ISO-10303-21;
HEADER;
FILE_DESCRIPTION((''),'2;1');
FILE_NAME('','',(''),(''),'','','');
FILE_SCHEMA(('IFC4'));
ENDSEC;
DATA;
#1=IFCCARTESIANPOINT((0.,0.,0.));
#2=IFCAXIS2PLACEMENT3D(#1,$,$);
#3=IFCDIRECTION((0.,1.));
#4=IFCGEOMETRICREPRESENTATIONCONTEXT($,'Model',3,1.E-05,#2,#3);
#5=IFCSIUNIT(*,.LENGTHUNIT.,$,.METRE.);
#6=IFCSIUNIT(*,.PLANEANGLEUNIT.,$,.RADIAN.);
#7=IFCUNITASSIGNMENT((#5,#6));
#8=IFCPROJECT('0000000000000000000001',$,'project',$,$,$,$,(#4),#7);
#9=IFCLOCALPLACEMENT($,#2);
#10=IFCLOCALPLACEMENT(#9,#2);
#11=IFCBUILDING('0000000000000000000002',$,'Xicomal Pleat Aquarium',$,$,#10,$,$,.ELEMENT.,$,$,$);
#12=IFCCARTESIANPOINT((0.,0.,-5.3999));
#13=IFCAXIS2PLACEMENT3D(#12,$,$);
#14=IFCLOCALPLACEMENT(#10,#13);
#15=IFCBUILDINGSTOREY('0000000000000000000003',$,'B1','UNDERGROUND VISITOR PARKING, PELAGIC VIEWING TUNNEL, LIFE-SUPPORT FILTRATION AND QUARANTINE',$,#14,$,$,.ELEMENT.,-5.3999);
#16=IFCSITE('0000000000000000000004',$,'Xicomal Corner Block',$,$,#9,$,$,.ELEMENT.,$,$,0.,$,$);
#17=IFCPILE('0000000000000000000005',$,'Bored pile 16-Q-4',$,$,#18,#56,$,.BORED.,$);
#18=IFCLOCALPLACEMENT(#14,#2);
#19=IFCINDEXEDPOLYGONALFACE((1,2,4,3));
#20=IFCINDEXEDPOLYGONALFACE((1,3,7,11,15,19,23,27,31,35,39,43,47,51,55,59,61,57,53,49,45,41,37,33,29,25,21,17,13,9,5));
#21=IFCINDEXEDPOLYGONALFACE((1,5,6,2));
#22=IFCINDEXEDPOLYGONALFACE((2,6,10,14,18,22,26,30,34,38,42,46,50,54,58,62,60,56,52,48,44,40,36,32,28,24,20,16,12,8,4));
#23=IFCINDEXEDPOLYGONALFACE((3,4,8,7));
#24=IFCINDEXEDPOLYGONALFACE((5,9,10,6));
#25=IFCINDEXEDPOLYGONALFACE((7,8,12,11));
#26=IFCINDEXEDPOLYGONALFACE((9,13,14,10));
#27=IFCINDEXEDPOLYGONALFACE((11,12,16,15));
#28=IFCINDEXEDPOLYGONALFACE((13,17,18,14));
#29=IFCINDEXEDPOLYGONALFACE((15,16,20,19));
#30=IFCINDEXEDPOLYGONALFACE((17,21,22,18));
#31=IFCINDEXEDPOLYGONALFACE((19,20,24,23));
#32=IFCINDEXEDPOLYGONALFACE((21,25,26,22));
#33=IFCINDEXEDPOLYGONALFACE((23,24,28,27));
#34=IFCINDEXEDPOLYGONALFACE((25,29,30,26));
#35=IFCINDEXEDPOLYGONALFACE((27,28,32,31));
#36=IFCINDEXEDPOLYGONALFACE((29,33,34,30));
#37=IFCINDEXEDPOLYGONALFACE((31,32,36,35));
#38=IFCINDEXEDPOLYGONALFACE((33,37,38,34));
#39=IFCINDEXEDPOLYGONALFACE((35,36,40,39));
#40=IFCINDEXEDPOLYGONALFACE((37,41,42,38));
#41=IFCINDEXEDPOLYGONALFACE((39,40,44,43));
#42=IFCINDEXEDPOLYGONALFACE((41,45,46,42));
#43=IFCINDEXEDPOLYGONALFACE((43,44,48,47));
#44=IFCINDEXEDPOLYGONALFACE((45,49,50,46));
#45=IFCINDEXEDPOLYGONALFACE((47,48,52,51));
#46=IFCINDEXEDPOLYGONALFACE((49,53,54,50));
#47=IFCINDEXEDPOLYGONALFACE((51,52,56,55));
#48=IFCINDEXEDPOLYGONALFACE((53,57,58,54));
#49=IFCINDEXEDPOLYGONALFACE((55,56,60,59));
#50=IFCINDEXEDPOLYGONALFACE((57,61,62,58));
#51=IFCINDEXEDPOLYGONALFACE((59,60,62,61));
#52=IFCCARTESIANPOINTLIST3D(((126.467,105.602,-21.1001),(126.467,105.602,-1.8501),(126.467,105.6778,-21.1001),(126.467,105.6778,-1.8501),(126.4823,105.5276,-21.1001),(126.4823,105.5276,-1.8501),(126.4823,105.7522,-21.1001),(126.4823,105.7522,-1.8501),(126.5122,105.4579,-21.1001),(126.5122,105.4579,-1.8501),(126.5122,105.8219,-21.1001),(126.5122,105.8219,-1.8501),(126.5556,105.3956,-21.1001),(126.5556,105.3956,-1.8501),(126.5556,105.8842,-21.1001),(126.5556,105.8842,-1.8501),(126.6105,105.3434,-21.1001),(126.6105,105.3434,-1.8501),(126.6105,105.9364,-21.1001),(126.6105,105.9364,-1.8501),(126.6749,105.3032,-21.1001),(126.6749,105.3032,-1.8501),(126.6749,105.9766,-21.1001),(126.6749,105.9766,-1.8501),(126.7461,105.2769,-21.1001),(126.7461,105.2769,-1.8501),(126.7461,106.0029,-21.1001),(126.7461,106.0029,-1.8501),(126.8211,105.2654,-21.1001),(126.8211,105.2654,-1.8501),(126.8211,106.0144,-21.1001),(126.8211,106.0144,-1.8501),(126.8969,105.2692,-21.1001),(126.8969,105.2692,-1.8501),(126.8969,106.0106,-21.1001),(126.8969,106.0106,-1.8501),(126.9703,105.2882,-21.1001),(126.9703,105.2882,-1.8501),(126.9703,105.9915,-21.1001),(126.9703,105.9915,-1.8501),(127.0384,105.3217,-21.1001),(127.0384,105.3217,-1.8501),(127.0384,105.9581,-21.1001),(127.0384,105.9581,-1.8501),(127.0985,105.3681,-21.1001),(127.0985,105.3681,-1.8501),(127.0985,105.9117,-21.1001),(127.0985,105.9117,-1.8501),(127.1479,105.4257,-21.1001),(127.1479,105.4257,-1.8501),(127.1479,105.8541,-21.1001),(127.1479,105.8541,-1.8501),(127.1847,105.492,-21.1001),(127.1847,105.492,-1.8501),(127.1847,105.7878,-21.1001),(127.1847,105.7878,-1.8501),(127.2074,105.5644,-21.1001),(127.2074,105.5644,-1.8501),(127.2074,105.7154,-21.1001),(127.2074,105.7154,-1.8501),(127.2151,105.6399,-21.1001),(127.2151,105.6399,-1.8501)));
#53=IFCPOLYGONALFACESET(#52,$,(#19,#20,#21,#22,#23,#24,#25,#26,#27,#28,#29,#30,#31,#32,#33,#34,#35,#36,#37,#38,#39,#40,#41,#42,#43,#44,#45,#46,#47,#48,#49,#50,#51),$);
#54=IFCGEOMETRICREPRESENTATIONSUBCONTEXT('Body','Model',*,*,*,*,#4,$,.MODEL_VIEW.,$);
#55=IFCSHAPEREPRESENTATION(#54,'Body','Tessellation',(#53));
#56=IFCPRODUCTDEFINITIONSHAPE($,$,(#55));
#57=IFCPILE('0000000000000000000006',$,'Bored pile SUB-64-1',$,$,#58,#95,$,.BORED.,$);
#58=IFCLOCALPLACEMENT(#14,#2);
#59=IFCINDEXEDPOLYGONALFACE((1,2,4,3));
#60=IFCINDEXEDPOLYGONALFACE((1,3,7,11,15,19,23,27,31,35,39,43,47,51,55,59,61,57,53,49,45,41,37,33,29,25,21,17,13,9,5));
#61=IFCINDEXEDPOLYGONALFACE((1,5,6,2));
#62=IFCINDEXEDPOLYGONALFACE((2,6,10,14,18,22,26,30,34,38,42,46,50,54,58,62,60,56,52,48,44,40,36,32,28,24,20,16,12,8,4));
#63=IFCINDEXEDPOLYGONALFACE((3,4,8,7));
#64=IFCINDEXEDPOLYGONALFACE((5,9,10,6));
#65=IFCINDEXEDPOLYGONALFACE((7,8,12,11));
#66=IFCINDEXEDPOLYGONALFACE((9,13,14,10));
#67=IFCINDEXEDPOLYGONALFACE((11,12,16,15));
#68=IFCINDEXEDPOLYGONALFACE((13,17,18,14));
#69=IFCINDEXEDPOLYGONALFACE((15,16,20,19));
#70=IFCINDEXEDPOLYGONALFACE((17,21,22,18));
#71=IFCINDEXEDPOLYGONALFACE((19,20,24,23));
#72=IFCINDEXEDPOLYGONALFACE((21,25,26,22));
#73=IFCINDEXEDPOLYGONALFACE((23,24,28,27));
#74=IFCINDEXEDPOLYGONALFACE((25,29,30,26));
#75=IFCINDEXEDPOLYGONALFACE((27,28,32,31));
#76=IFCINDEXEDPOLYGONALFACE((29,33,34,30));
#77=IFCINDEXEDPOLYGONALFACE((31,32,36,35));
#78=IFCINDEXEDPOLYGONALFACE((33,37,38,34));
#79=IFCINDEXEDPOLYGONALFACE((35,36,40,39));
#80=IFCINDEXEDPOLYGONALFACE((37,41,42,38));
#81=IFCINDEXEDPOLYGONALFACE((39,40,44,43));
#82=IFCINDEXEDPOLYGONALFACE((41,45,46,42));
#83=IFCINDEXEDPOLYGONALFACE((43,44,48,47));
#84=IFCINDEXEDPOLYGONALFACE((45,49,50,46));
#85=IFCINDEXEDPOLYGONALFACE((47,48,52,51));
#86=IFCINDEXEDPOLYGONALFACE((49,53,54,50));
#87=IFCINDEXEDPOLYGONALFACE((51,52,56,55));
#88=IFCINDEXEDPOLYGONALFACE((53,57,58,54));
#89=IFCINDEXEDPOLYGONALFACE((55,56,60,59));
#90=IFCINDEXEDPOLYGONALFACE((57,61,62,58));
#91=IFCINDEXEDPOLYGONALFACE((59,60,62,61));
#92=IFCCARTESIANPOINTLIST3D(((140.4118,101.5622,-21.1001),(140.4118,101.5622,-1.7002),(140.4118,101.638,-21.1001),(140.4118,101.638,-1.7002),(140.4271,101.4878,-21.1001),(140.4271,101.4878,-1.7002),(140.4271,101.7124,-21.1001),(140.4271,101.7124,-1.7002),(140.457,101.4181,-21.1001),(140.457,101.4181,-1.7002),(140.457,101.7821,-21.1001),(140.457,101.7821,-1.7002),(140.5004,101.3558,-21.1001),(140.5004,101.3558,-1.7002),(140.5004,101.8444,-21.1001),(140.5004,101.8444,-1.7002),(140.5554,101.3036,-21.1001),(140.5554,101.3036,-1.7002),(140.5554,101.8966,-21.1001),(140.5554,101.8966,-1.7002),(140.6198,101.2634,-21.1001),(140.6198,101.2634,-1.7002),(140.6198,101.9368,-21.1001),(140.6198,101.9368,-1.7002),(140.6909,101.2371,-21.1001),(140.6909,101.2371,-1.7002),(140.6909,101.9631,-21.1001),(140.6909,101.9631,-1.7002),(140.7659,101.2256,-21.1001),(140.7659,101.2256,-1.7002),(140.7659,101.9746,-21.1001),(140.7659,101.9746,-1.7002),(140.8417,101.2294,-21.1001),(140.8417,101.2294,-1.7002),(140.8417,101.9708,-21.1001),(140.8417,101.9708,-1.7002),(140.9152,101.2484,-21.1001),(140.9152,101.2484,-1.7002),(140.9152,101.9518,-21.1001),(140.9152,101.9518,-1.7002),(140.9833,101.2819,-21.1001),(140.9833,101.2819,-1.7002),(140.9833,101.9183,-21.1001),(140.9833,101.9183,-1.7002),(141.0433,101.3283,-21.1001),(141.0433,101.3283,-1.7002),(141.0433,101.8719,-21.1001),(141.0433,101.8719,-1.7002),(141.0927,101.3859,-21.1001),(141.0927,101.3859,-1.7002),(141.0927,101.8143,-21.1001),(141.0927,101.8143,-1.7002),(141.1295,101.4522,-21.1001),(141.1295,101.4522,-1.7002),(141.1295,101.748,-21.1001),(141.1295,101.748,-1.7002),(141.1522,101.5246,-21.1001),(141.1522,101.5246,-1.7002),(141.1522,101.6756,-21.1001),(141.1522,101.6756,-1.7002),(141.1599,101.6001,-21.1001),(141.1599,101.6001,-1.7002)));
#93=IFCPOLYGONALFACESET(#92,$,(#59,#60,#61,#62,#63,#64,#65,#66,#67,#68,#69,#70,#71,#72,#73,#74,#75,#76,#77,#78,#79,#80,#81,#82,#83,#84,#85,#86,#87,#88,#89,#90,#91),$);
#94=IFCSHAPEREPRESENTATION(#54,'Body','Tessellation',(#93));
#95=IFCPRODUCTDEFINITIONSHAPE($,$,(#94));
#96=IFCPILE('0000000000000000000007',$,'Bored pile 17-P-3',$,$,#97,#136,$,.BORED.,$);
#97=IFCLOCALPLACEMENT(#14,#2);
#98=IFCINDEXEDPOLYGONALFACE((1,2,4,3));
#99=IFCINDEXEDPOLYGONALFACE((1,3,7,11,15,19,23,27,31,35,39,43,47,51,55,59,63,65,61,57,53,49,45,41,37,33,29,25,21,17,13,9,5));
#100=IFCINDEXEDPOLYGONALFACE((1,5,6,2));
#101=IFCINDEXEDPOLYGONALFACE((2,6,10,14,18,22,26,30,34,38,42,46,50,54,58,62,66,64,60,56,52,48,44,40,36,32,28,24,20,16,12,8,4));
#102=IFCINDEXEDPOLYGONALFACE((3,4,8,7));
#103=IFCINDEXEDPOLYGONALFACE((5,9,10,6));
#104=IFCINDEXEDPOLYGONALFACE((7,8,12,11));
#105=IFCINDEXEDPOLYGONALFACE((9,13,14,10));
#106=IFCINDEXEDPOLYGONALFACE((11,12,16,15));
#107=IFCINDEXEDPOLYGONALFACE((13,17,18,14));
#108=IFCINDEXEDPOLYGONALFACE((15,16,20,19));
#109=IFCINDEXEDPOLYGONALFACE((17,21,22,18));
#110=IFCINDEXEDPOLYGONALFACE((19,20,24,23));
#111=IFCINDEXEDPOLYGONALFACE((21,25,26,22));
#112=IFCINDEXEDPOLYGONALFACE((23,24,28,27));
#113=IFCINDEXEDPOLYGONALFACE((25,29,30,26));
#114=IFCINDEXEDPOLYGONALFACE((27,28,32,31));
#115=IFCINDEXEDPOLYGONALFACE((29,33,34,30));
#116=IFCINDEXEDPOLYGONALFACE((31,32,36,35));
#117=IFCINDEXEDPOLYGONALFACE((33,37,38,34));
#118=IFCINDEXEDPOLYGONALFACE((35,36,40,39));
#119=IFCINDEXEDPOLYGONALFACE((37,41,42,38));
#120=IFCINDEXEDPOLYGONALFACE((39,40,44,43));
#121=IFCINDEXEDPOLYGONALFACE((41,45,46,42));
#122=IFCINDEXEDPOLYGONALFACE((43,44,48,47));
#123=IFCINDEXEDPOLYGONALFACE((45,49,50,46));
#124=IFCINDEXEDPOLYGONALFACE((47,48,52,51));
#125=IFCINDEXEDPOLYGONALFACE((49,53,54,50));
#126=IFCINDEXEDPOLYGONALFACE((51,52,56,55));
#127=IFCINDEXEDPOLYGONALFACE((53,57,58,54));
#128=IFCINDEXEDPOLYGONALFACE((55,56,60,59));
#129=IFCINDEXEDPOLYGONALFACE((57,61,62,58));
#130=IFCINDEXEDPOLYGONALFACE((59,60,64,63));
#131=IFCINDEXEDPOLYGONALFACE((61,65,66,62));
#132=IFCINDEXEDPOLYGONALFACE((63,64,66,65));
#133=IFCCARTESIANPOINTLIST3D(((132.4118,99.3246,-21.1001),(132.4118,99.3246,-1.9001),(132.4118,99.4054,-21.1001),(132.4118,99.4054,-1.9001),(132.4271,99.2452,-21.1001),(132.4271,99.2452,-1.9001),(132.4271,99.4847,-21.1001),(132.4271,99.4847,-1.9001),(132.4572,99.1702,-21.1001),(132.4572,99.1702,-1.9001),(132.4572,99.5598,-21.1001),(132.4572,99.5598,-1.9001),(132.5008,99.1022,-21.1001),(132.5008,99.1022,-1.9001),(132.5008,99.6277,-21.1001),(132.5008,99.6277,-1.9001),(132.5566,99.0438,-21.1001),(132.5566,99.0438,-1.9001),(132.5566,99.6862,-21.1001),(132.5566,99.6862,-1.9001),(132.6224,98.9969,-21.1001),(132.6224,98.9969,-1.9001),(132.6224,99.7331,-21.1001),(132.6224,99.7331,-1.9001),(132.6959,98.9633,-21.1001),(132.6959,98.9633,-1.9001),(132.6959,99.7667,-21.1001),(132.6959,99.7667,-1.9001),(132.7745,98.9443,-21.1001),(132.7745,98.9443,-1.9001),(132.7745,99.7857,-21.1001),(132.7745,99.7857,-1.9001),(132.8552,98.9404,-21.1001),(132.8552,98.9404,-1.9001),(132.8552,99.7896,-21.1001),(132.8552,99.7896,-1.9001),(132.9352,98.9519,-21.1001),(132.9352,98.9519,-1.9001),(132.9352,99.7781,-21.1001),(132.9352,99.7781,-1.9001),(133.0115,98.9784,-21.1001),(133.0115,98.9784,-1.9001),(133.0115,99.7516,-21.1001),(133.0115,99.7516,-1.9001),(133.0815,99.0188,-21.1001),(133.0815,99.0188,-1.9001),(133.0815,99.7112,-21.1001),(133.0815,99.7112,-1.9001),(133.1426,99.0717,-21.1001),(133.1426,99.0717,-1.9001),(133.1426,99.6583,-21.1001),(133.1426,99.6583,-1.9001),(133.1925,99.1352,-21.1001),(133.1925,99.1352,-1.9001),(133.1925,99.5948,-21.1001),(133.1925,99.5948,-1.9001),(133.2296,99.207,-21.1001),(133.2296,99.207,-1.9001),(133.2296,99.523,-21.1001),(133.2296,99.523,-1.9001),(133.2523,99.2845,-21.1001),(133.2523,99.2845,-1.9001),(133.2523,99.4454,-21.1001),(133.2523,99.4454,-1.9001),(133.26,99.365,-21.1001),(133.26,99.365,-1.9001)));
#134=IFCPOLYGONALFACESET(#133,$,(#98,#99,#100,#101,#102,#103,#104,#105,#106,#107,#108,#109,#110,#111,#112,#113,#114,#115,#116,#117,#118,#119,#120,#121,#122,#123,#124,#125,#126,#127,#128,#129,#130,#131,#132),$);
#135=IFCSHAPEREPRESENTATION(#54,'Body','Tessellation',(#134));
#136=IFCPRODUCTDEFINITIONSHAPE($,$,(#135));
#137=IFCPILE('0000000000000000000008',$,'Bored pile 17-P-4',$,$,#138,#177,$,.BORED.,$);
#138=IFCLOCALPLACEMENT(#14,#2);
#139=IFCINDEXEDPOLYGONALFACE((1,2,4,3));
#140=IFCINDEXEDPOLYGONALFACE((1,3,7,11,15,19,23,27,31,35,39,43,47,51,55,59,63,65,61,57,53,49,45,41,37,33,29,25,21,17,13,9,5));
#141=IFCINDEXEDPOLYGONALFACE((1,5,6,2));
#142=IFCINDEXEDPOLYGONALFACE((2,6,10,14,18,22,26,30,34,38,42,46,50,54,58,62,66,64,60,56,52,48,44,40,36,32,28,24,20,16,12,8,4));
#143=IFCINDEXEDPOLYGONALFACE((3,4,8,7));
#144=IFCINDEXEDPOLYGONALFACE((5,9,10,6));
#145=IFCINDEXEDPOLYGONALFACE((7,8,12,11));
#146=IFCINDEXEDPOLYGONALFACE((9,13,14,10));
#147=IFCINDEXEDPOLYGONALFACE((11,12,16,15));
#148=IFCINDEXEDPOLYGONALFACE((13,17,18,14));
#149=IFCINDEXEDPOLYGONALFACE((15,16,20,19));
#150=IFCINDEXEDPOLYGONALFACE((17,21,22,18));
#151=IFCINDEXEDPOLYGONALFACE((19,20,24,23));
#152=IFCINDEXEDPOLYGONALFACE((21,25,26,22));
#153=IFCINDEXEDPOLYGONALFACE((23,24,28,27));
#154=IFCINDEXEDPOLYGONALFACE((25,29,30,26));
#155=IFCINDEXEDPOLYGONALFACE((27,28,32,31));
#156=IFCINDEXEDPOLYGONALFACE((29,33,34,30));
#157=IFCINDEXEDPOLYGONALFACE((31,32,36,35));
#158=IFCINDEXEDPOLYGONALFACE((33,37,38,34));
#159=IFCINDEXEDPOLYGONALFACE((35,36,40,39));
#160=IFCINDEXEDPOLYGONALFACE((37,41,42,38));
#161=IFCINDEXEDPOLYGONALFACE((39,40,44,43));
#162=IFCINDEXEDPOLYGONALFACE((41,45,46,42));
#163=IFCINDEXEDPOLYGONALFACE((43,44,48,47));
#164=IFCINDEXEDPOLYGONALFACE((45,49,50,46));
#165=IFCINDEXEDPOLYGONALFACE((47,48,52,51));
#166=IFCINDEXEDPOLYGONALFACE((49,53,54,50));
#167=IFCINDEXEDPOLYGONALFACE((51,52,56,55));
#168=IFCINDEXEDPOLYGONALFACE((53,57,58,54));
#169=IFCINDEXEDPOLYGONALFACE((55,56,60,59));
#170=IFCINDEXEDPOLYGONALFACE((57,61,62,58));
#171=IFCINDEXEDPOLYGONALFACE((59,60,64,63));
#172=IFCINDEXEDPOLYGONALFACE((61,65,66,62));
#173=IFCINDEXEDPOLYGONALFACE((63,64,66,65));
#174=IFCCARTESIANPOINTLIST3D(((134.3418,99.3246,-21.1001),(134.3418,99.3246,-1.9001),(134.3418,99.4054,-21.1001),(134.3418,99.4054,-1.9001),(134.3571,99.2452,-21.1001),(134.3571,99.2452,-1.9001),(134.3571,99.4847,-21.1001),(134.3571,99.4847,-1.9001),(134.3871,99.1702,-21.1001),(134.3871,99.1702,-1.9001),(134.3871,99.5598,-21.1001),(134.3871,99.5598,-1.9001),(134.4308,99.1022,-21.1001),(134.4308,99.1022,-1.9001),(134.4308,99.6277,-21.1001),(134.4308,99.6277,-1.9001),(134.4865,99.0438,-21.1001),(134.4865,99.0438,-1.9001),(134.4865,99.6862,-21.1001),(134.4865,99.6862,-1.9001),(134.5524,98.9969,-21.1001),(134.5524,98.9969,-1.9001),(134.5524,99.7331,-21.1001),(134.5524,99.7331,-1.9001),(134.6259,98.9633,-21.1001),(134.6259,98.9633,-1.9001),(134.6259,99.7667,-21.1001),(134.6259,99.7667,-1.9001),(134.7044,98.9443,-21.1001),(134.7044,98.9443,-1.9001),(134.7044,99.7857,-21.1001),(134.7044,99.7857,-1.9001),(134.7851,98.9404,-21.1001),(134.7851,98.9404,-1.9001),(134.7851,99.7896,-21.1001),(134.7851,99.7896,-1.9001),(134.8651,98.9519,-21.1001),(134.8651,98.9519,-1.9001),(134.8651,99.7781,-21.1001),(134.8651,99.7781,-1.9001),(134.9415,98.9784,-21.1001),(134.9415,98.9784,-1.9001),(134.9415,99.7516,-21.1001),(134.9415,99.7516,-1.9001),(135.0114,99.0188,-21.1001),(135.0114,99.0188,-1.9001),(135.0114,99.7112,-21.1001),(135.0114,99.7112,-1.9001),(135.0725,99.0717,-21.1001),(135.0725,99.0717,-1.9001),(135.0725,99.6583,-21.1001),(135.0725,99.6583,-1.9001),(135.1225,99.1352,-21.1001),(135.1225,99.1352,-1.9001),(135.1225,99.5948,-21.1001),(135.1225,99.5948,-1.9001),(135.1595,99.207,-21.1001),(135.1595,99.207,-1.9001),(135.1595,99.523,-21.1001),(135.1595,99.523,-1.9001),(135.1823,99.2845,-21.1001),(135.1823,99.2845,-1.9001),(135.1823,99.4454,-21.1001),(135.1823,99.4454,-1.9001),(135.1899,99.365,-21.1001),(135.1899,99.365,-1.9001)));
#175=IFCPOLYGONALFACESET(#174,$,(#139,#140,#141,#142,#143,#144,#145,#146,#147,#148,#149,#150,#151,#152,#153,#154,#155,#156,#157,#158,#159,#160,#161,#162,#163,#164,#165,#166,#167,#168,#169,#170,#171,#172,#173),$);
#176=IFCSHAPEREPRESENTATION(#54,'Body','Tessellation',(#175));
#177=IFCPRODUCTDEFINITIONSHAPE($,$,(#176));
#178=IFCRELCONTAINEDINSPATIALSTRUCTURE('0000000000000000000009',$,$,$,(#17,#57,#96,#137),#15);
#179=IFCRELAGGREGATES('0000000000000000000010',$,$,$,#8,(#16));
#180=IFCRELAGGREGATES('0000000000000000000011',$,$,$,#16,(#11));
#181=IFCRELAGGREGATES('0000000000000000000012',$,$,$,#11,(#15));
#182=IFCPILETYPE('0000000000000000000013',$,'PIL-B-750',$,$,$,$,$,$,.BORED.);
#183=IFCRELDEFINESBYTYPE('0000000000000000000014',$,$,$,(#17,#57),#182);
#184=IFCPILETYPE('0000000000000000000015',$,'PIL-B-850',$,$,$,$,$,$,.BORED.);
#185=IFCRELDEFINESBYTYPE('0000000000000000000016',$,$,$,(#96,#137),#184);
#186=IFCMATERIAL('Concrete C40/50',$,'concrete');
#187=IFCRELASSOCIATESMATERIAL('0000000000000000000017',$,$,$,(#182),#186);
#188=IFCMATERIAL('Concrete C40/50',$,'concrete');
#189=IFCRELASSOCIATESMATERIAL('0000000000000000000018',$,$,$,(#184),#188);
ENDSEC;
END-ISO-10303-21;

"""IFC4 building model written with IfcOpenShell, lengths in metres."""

from ifc_helpers import new_model, si_unit, direction, frame, origin, origin_2d, place, context, subcontext, project, spatial, circle, extrude, material, material_profile, profile_set, type_object, element, save


model = new_model("IFC4")

# Units and contexts
model_context = context("Model", 3, precision=1e-05, world=origin(), true_north=direction((0.0, 1.0)))
body_context = subcontext(model_context, "Body", "Model", "MODEL_VIEW")
ifc_project = project(units=[si_unit("LENGTHUNIT", "METRE"), si_unit("PLANEANGLEUNIT", "RADIAN")], contexts=[model_context])

# Site, building, storey
site_placement = place(None, origin())
site = spatial("IfcSite", under=ifc_project, at=site_placement, Name="Xicomal Corner Block", CompositionType="ELEMENT", RefElevation=0.0)
building_placement = place(site_placement, origin())
building = spatial("IfcBuilding", under=site, at=building_placement, Name="Xicomal Pleat Aquarium", CompositionType="ELEMENT")
storey_placement = place(building_placement, frame((0.0, 0.0, -5.3999)))
storey = spatial("IfcBuildingStorey", under=building, at=storey_placement, Name="B1", Description="UNDERGROUND VISITOR PARKING, PELAGIC VIEWING TUNNEL, LIFE-SUPPORT FILTRATION AND QUARANTINE", CompositionType="ELEMENT", Elevation=-5.3999)

# Piles
ifc_material_1 = material(Name="Concrete C40/50", Category="concrete")
ifc_material_profile_1 = material_profile(ifc_material_1, circle(Radius=0.375, at=origin_2d()), Name="BORED PILE D750")
ifc_profile_set_1 = profile_set([ifc_material_profile_1], Name="Concrete C40/50")
pile_type_1 = type_object("IfcPileType", Name="PIL-B-750", PredefinedType="BORED", material=ifc_profile_set_1)
for number, where, z_axis, x_axis, name in (
    (1, (126.8401, 105.6399, -1.8501), (0.0, 0.0, -1.0), (1.0, 0.0, 0.0), "Bored pile 16-Q-4"),
):
    element("IfcPile", number, at=place(storey_placement, frame(where, z_axis=z_axis, x_axis=x_axis)), inside=storey, type_object=pile_type_1, Name=name, PredefinedType="BORED", context=body_context, shape_type="SweptSolid", body=[
        extrude(circle(Radius=0.375, at=origin_2d()), origin(), (0.0, 0.0, 1.0), 19.25),
    ])
pile_1_placement = place(storey_placement, frame((140.7849, 101.6001, -1.7002), z_axis=(0.0, 0.0, -1.0), x_axis=(1.0, 0.0, 0.0)))
element("IfcPile", 2, at=pile_1_placement, inside=storey, type_object=pile_type_1, Name="Bored pile SUB-64-1", PredefinedType="BORED", context=body_context, shape_type="SweptSolid", body=[
    extrude(circle(Radius=0.375, at=origin_2d()), origin(), (0.0, 0.0, 1.0), 19.3999),
])
ifc_material_2 = material(Name="Concrete C40/50", Category="concrete")
ifc_material_profile_2 = material_profile(ifc_material_2, circle(Radius=0.425, at=origin_2d()), Name="BORED PILE D850")
ifc_profile_set_2 = profile_set([ifc_material_profile_2], Name="Concrete C40/50")
pile_type_2 = type_object("IfcPileType", Name="PIL-B-850", PredefinedType="BORED", material=ifc_profile_set_2)
for number, where, z_axis, x_axis, name in (
    (3, (132.835, 99.365, -1.9001), (0.0, 0.0, -1.0), (1.0, 0.0, 0.0), "Bored pile 17-P-3"),
    (4, (134.7649, 99.365, -1.9001), (0.0, 0.0, -1.0), (1.0, 0.0, 0.0), "Bored pile 17-P-4"),
):
    element("IfcPile", number, at=place(storey_placement, frame(where, z_axis=z_axis, x_axis=x_axis)), inside=storey, type_object=pile_type_2, Name=name, PredefinedType="BORED", context=body_context, shape_type="SweptSolid", body=[
        extrude(circle(Radius=0.425, at=origin_2d()), origin(), (0.0, 0.0, 1.0), 19.2),
    ])

save(model, "model.ifc")
